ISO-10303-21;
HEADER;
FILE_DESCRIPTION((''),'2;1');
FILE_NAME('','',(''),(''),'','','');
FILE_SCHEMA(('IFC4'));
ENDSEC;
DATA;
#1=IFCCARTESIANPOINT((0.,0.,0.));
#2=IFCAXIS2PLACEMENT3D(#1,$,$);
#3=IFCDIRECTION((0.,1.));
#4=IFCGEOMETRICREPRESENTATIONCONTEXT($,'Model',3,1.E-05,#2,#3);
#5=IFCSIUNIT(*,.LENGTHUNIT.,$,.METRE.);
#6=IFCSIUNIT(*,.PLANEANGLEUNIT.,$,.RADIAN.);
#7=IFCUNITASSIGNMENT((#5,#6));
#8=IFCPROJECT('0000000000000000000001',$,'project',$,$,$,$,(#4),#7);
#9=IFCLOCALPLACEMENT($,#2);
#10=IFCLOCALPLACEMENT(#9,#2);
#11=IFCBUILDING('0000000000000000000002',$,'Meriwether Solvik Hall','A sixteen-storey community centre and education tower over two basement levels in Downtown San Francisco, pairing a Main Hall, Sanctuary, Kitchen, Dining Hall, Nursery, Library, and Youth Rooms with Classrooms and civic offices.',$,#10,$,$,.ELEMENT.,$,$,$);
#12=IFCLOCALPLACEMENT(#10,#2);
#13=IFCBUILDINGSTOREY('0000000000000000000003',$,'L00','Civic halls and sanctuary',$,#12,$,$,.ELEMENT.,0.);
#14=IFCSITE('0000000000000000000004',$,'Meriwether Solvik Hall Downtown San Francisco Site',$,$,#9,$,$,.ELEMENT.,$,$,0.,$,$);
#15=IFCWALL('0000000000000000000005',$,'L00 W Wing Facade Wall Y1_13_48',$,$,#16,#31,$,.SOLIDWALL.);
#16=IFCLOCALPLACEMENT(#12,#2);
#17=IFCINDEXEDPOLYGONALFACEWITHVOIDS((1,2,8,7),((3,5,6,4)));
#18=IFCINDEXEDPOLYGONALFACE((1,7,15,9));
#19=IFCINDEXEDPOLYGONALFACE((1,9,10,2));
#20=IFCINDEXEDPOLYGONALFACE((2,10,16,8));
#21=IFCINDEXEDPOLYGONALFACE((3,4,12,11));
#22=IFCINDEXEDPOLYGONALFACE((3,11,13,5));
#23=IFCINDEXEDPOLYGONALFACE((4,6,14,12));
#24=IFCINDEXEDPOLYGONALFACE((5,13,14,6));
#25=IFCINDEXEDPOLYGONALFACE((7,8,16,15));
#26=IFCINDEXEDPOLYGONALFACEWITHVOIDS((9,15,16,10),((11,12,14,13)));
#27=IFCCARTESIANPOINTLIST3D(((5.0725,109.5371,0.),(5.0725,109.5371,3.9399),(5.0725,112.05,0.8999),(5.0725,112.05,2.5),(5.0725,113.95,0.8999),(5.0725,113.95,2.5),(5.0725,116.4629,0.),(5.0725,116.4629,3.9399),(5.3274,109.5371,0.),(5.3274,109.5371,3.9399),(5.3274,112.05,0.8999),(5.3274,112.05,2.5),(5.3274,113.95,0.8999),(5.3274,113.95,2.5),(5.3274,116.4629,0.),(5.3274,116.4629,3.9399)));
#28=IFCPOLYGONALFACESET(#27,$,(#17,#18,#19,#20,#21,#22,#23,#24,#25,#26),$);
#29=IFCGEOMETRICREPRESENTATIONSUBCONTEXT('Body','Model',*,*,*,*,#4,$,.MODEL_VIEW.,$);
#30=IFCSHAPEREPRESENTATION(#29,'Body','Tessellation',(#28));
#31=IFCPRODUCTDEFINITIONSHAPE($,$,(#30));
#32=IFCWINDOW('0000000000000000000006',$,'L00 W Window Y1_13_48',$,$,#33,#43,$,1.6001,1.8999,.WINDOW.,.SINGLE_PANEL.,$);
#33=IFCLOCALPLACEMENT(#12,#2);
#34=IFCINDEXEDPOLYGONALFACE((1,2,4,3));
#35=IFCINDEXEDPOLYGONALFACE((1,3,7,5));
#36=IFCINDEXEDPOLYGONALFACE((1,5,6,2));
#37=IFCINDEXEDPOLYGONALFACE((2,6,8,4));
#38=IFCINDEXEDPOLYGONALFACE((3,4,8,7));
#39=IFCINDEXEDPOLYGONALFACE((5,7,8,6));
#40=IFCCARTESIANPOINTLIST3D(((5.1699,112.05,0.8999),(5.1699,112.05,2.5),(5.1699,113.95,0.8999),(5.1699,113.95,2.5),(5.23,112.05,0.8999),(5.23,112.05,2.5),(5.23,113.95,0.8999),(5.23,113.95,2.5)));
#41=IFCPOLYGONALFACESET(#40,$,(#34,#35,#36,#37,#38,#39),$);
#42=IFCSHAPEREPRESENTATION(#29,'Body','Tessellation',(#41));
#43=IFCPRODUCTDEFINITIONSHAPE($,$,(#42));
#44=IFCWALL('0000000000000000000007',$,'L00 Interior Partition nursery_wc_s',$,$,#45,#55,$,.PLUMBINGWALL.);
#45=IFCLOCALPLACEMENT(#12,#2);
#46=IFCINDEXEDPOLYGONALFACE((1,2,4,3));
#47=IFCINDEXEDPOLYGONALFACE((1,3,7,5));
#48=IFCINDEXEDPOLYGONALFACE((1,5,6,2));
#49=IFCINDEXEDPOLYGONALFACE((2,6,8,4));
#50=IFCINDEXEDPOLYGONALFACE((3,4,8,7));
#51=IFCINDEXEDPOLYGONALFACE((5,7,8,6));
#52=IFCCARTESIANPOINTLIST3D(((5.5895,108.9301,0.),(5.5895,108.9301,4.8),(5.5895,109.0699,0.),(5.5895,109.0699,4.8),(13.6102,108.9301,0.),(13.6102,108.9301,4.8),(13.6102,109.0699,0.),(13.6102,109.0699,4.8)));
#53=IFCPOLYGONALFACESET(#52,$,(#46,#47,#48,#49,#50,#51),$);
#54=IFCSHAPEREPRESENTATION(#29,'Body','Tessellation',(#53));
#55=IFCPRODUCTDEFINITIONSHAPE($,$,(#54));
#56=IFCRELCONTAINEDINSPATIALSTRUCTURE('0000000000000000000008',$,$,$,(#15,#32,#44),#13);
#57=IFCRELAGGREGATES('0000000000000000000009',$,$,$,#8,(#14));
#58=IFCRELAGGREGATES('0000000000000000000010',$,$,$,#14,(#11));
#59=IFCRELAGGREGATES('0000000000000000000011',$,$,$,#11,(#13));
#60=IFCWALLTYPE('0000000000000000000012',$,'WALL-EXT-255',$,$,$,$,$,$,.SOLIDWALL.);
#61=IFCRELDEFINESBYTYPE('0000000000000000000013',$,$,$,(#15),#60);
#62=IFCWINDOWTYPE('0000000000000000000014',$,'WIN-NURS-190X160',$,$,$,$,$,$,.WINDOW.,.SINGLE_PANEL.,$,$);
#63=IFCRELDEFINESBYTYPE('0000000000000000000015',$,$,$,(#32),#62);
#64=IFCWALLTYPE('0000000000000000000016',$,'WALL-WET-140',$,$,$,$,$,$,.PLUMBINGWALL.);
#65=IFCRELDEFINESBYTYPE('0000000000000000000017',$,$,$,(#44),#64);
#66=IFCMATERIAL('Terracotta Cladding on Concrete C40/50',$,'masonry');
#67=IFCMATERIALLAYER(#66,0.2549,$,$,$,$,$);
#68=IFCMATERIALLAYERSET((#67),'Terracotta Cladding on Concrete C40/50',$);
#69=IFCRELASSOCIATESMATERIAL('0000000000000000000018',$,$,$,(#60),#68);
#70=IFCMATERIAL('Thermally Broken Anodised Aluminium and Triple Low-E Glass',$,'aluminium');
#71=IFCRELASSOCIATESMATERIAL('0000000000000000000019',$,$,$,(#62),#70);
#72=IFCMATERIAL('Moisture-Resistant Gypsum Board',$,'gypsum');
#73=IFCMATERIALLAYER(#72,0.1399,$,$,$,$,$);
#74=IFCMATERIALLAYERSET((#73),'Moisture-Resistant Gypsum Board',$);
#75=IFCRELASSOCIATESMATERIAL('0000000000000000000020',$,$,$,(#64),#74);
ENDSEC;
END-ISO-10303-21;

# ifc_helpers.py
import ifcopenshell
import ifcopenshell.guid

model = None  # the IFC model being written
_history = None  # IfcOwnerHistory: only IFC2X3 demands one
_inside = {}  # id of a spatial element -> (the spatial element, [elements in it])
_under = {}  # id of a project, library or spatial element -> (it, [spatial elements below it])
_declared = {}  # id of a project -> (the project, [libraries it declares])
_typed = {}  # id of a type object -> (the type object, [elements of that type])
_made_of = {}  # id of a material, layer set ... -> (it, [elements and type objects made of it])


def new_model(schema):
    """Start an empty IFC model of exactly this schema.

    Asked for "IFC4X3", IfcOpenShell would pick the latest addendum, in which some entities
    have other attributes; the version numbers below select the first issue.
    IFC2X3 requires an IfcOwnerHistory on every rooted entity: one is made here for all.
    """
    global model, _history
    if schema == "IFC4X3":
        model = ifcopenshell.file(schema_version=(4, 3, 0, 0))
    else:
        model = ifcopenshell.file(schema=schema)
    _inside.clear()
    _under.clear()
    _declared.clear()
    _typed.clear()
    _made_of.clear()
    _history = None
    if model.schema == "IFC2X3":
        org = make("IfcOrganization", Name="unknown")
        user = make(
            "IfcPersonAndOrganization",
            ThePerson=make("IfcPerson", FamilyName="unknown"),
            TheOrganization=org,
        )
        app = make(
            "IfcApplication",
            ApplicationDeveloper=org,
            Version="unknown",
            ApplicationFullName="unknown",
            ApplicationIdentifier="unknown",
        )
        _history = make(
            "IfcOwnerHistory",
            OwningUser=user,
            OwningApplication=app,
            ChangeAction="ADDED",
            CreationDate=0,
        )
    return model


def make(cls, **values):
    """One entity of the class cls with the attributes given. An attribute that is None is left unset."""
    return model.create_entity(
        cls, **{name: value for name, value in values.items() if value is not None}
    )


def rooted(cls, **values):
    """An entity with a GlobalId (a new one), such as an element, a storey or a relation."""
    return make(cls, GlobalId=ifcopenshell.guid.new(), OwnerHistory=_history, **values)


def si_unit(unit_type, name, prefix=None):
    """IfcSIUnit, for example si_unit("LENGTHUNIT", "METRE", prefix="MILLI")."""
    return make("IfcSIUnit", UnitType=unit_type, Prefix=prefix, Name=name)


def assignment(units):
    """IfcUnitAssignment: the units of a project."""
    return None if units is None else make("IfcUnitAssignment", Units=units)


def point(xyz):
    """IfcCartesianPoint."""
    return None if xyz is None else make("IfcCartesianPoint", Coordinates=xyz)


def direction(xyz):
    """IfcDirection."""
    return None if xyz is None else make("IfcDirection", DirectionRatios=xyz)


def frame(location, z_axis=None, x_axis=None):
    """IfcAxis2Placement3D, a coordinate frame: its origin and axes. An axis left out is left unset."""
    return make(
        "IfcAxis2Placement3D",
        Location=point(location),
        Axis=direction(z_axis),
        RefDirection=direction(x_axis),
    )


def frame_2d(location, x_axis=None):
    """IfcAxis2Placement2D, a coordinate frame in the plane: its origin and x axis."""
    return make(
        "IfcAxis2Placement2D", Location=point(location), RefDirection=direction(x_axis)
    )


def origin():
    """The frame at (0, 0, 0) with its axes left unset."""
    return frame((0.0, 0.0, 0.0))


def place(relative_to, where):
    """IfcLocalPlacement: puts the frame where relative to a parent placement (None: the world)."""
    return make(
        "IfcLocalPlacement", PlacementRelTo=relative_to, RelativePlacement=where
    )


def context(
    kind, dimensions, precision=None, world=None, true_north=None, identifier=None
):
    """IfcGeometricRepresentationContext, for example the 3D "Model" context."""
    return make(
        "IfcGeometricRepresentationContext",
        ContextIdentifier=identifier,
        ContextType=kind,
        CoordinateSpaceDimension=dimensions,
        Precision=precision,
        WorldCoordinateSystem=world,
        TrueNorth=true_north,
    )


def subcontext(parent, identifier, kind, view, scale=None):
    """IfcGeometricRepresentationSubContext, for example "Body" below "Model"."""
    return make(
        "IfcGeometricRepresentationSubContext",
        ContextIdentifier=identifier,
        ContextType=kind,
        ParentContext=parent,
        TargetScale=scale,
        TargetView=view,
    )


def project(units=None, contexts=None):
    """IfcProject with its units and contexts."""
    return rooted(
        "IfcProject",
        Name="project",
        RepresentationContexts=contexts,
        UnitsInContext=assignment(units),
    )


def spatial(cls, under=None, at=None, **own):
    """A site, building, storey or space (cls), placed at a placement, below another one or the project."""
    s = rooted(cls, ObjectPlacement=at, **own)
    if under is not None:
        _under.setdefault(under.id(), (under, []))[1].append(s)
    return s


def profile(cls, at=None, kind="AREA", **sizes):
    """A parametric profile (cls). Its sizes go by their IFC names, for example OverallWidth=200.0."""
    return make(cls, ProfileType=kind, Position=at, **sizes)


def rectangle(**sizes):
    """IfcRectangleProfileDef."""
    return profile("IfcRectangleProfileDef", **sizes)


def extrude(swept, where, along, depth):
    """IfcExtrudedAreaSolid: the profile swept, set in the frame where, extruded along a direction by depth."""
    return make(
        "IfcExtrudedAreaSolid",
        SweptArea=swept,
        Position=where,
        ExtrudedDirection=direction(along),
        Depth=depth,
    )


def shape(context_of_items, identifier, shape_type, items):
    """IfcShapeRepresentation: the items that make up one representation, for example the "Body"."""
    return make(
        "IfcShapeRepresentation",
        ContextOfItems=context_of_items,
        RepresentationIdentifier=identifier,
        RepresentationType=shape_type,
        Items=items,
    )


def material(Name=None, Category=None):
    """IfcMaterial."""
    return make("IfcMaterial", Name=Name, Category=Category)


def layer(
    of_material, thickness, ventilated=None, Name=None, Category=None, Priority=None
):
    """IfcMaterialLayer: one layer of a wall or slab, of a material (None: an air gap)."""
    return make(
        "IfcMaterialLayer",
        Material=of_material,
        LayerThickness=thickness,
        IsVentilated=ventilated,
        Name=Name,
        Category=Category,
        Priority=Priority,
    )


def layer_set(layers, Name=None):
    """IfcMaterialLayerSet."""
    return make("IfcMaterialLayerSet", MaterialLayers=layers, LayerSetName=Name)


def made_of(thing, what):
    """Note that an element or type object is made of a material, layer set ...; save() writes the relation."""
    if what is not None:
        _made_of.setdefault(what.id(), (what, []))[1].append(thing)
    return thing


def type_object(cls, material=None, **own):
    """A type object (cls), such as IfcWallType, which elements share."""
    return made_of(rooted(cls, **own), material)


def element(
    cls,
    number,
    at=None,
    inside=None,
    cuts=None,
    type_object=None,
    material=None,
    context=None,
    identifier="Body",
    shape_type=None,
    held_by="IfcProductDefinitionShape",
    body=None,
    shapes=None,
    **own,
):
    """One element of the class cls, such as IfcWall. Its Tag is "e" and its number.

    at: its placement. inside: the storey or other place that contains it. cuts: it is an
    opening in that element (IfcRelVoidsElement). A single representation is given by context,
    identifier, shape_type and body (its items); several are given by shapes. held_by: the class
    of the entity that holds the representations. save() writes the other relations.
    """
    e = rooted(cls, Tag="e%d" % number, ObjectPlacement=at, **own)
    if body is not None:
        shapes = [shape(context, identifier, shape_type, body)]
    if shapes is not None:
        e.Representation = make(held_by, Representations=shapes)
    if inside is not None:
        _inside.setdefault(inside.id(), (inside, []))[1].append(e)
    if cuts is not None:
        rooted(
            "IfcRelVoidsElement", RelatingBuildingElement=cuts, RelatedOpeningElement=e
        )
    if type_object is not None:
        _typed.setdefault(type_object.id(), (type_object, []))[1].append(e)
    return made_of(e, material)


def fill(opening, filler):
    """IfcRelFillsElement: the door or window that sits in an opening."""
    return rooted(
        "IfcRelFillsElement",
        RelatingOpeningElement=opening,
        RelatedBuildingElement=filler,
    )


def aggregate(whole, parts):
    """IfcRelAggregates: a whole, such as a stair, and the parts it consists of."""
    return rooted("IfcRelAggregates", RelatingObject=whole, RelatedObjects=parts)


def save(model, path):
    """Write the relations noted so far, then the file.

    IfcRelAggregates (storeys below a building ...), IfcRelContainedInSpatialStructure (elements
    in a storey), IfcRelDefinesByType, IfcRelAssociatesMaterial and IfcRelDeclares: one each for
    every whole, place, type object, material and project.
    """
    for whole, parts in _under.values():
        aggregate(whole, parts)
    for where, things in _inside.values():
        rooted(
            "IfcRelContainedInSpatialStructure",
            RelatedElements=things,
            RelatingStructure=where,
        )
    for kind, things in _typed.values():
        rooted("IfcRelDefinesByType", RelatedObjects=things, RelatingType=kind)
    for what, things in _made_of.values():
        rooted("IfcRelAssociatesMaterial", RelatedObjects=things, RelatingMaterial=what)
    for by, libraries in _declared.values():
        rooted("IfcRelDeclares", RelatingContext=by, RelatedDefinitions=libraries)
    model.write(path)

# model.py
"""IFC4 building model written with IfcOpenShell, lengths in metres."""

from ifc_helpers import new_model, si_unit, direction, frame, frame_2d, origin, place, context, subcontext, project, spatial, rectangle, extrude, material, layer, layer_set, type_object, element, fill, save


model = new_model("IFC4")

# Units and contexts
model_context = context("Model", 3, precision=1e-05, world=origin(), true_north=direction((0.0, 1.0)))
body_context = subcontext(model_context, "Body", "Model", "MODEL_VIEW")
ifc_project = project(units=[si_unit("LENGTHUNIT", "METRE"), si_unit("PLANEANGLEUNIT", "RADIAN")], contexts=[model_context])

# Site, building, storey
site_placement = place(None, origin())
site = spatial("IfcSite", under=ifc_project, at=site_placement, Name="Meriwether Solvik Hall Downtown San Francisco Site", CompositionType="ELEMENT", RefElevation=0.0)
building_placement = place(site_placement, origin())
building = spatial("IfcBuilding", under=site, at=building_placement, Name="Meriwether Solvik Hall", Description="A sixteen-storey community centre and education tower over two basement levels in Downtown San Francisco, pairing a Main Hall, Sanctuary, Kitchen, Dining Hall, Nursery, Library, and Youth Rooms with Classrooms and civic offices.", CompositionType="ELEMENT")
storey_placement = place(building_placement, origin())
storey = spatial("IfcBuildingStorey", under=building, at=storey_placement, Name="L00", Description="Civic halls and sanctuary", CompositionType="ELEMENT", Elevation=0.0)

# Wall, opening, window
ifc_material_1 = material(Name="Terracotta Cladding on Concrete C40/50", Category="masonry")
ifc_layer_1 = layer(ifc_material_1, 0.2549)
ifc_layer_set_1 = layer_set([ifc_layer_1], Name="Terracotta Cladding on Concrete C40/50")
wall_type_1 = type_object("IfcWallType", Name="WALL-EXT-255", PredefinedType="SOLIDWALL", material=ifc_layer_set_1)
ifc_material_2 = material(Name="Thermally Broken Anodised Aluminium and Triple Low-E Glass", Category="aluminium")
window_type_1 = type_object("IfcWindowType", Name="WIN-NURS-190X160", PartitioningType="SINGLE_PANEL", PredefinedType="WINDOW", material=ifc_material_2)
wall_1_placement = place(storey_placement, frame((5.2, 109.5371, 0.0), z_axis=(0.0, 0.0, 1.0), x_axis=(0.0, 1.0, 0.0)))
wall_1 = element("IfcWall", 1, at=wall_1_placement, inside=storey, type_object=wall_type_1, Name="L00 W Wing Facade Wall Y1_13_48", PredefinedType="SOLIDWALL", context=body_context, shape_type="SweptSolid", body=[
    extrude(rectangle(XDim=6.9258, YDim=0.2549, at=frame_2d((3.4629, 0.0))), origin(), (0.0, 0.0, 1.0), 3.9399),
])
opening_1_placement = place(wall_1_placement, frame((2.5129, 0.0, 0.8999)))
opening_1 = element("IfcOpeningElement", 2, at=opening_1_placement, cuts=wall_1, PredefinedType="OPENING", context=body_context, shape_type="SweptSolid", body=[
    extrude(rectangle(XDim=1.8999, YDim=1.6001, at=frame_2d((0.95, 0.8))), frame((0.0, 0.1394, 0.0), z_axis=(0.0, -1.0, 0.0), x_axis=(1.0, 0.0, 0.0)), (0.0, 0.0, 1.0), 0.2788),
])
window_1_placement = place(opening_1_placement, origin())
window_1 = element("IfcWindow", 3, at=window_1_placement, inside=storey, type_object=window_type_1, Name="L00 W Window Y1_13_48", OverallHeight=1.6001, OverallWidth=1.8999, PartitioningType="SINGLE_PANEL", PredefinedType="WINDOW", context=body_context, shape_type="SweptSolid", body=[
    extrude(rectangle(XDim=1.8999, YDim=1.6001, at=frame_2d((0.95, 0.8))), frame((0.0, 0.03, 0.0), z_axis=(0.0, -1.0, 0.0), x_axis=(1.0, 0.0, 0.0)), (0.0, 0.0, 1.0), 0.0601),
])
fill(opening_1, window_1)

# Wall
ifc_material_3 = material(Name="Moisture-Resistant Gypsum Board", Category="gypsum")
ifc_layer_2 = layer(ifc_material_3, 0.1399)
ifc_layer_set_2 = layer_set([ifc_layer_2], Name="Moisture-Resistant Gypsum Board")
wall_type_2 = type_object("IfcWallType", Name="WALL-WET-140", PredefinedType="PLUMBINGWALL", material=ifc_layer_set_2)
wall_2_placement = place(storey_placement, frame((5.5896, 109.0, 0.0), z_axis=(0.0, 0.0, 1.0), x_axis=(1.0, 0.0, 0.0)))
element("IfcWall", 4, at=wall_2_placement, inside=storey, type_object=wall_type_2, Name="L00 Interior Partition nursery_wc_s", PredefinedType="PLUMBINGWALL", context=body_context, shape_type="SweptSolid", body=[
    extrude(rectangle(XDim=8.0208, YDim=0.1399, at=frame_2d((4.0103, 0.0))), origin(), (0.0, 0.0, 1.0), 4.8),
])

save(model, "model.ifc")
